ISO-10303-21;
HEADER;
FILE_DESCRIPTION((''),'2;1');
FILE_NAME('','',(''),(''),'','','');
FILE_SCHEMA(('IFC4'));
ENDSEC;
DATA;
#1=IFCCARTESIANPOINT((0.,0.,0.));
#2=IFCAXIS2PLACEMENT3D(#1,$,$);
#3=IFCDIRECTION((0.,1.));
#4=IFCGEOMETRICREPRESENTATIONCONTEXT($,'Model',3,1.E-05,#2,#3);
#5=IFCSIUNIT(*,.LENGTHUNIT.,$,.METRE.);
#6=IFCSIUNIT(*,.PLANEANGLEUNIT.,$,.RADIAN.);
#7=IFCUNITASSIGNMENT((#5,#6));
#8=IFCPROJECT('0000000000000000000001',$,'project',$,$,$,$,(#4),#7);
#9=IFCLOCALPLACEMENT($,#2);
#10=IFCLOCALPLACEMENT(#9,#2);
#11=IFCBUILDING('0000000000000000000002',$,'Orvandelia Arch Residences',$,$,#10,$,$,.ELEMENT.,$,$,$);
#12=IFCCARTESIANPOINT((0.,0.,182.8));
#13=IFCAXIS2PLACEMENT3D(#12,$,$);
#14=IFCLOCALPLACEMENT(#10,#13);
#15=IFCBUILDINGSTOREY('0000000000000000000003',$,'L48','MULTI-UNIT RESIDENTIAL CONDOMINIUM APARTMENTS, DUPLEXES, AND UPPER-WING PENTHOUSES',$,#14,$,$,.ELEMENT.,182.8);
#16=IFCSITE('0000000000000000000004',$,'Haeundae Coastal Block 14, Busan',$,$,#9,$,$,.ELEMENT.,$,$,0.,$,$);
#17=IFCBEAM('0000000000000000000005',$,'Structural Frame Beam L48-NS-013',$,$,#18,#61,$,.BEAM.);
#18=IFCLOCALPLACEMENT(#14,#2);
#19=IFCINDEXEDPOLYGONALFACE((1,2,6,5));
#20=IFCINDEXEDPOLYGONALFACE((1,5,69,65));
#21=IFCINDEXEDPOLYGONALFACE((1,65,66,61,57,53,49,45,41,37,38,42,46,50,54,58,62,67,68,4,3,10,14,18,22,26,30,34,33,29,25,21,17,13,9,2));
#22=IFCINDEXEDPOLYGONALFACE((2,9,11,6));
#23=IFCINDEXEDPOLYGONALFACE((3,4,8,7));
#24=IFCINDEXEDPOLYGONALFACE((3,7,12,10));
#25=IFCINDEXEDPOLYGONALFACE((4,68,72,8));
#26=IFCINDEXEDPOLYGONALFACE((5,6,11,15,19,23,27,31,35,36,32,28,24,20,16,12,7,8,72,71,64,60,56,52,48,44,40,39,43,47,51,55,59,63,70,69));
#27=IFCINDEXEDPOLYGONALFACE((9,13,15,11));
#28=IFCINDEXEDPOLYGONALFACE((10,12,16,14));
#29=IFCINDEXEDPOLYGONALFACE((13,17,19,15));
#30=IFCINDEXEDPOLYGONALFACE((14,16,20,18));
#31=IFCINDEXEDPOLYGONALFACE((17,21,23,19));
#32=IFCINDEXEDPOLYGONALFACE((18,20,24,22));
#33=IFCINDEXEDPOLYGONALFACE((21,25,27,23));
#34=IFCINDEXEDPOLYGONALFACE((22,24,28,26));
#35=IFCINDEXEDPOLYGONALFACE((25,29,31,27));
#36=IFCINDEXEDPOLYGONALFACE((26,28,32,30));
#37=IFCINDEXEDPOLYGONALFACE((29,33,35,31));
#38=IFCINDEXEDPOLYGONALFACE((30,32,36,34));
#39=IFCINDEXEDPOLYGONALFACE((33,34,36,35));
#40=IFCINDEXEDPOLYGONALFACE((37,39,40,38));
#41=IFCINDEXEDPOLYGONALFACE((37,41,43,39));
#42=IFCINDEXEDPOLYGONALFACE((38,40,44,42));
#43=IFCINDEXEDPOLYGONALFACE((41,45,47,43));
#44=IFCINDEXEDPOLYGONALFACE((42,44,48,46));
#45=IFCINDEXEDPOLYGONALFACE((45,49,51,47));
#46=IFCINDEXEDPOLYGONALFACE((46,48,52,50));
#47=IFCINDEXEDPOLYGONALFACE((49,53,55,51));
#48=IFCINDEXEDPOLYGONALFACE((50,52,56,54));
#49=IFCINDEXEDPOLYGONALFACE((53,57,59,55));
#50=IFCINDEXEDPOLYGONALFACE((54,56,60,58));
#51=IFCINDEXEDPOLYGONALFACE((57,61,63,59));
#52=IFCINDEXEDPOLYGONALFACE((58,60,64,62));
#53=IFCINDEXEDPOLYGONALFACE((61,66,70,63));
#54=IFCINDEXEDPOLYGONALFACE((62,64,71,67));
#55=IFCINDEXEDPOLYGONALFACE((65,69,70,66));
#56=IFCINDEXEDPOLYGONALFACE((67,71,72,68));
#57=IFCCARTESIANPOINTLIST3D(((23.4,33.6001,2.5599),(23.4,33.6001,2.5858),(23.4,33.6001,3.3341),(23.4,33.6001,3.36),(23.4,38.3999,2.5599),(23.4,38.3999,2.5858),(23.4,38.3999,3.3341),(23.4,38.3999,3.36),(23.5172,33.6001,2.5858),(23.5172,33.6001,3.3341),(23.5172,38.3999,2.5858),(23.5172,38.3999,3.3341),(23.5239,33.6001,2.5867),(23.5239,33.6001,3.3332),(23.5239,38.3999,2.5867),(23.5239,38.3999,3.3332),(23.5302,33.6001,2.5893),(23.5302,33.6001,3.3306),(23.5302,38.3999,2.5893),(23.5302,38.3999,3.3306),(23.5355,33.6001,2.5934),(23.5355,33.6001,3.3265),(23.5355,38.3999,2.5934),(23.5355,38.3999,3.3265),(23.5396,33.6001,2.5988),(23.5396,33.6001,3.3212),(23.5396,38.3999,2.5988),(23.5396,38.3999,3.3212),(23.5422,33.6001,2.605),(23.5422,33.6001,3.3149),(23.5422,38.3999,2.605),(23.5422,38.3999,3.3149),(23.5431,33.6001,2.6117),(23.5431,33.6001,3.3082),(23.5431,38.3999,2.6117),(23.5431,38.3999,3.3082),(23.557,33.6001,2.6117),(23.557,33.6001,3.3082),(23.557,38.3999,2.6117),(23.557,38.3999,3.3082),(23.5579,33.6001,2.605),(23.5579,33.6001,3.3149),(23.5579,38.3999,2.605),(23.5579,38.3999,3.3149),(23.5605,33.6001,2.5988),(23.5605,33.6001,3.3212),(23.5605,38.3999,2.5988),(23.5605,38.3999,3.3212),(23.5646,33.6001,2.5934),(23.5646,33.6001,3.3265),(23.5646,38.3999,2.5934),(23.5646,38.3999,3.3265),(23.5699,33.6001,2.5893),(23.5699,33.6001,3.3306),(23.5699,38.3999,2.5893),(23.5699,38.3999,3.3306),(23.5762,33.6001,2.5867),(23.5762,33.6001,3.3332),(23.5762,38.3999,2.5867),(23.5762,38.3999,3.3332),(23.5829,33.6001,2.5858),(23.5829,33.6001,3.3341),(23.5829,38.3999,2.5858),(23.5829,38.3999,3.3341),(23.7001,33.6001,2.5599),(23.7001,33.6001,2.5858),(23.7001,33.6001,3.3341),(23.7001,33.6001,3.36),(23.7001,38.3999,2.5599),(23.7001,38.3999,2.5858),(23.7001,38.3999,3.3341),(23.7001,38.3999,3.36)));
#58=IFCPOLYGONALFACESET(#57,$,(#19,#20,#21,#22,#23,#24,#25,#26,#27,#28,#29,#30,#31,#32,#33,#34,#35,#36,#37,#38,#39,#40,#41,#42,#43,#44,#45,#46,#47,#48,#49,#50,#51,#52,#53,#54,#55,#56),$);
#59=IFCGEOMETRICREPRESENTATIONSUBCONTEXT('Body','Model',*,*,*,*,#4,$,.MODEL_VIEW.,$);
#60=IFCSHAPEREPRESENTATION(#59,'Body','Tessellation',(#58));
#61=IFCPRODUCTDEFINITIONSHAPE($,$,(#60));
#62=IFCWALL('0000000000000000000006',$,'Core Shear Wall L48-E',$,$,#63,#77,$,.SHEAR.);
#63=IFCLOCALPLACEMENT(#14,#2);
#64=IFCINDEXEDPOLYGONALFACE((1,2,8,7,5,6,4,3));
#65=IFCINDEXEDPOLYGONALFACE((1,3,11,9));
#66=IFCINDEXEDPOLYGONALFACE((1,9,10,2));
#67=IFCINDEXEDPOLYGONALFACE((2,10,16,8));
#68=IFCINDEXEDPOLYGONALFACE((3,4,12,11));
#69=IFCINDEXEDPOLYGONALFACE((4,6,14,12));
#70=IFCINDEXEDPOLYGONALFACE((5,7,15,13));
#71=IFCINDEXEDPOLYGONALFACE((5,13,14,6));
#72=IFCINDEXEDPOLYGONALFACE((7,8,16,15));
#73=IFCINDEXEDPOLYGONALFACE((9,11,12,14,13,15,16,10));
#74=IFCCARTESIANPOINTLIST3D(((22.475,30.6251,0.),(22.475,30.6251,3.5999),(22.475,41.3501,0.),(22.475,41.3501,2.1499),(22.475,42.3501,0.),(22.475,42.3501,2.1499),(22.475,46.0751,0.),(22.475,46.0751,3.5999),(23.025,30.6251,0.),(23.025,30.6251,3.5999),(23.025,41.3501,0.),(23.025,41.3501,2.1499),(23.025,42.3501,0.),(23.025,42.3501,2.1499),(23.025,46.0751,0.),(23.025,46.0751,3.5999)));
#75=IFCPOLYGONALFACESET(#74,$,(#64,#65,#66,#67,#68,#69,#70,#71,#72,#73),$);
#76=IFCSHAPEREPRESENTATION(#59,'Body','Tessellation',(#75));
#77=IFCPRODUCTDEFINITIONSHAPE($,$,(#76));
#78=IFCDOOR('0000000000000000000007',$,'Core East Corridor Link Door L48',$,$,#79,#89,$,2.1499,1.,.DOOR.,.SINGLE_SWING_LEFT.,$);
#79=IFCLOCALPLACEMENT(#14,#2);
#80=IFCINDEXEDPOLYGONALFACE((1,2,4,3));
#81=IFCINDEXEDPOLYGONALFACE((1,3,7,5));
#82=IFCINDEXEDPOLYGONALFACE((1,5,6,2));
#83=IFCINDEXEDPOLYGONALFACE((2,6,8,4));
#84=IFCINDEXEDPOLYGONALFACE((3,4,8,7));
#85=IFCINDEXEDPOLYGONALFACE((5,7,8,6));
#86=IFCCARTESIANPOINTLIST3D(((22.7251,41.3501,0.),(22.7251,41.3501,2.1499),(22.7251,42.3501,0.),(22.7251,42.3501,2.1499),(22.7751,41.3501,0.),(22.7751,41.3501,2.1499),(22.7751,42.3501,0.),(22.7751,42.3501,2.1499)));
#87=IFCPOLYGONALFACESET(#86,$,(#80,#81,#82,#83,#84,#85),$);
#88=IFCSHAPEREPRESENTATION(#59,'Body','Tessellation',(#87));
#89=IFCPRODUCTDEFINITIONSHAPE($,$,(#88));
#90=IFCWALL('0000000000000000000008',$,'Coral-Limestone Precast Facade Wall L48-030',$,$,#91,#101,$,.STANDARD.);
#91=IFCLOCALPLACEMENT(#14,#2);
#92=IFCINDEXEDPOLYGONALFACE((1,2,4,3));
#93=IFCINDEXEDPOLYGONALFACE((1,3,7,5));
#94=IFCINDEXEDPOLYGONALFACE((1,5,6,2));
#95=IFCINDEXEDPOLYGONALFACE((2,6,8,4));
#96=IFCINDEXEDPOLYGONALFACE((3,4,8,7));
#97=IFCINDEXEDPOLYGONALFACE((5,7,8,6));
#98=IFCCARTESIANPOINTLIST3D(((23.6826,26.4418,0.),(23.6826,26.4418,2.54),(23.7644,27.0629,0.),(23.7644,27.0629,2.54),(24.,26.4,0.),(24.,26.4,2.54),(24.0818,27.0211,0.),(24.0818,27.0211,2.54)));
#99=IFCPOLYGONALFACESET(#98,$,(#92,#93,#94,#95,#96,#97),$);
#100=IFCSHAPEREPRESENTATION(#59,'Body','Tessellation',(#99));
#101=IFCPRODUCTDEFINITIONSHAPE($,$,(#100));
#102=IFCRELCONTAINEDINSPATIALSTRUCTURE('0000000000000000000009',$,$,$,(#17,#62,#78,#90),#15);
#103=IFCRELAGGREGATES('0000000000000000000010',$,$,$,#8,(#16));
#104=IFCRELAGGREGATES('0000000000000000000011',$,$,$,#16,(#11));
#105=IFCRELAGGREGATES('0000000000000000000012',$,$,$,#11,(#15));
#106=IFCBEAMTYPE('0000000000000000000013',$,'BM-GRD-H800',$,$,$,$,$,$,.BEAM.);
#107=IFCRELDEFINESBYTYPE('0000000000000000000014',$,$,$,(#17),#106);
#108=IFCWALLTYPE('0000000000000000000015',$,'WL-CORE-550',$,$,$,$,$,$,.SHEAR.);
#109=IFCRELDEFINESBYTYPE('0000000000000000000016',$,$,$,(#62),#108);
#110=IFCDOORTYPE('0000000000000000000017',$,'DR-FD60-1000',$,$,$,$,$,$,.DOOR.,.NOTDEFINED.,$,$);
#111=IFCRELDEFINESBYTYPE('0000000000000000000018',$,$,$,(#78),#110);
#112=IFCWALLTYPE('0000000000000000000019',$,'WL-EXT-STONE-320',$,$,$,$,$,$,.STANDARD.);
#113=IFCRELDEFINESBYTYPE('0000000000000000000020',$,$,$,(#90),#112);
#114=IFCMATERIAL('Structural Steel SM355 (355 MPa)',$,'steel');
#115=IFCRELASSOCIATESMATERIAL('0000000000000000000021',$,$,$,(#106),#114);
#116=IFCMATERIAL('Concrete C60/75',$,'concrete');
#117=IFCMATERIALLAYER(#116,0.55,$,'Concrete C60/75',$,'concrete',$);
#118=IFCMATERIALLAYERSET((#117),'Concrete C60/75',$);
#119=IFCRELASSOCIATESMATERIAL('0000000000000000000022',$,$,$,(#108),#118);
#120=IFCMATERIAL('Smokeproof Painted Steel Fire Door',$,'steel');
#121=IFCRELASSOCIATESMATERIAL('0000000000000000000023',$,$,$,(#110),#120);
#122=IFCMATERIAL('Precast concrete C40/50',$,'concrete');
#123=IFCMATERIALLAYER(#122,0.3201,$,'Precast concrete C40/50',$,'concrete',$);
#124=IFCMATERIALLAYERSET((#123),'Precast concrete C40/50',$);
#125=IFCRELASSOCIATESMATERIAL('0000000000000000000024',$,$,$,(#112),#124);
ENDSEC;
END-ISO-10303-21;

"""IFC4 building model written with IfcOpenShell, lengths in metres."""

from ifc_helpers import new_model, si_unit, direction, frame, frame_2d, origin, origin_2d, place, context, subcontext, project, spatial, rectangle, i_section, extrude, material, layer, layer_set, material_profile, profile_set, type_object, element, fill, save


model = new_model("IFC4")

# Units and contexts
model_context = context("Model", 3, precision=1e-05, world=origin(), true_north=direction((0.0, 1.0)))
body_context = subcontext(model_context, "Body", "Model", "MODEL_VIEW")
ifc_project = project(units=[si_unit("LENGTHUNIT", "METRE"), si_unit("PLANEANGLEUNIT", "RADIAN")], contexts=[model_context])

# Site, building, storey
site_placement = place(None, origin())
site = spatial("IfcSite", under=ifc_project, at=site_placement, Name="Haeundae Coastal Block 14, Busan", CompositionType="ELEMENT", RefElevation=0.0)
building_placement = place(site_placement, origin())
building = spatial("IfcBuilding", under=site, at=building_placement, Name="Orvandelia Arch Residences", CompositionType="ELEMENT")
storey_placement = place(building_placement, frame((0.0, 0.0, 182.8)))
storey = spatial("IfcBuildingStorey", under=building, at=storey_placement, Name="L48", Description="MULTI-UNIT RESIDENTIAL CONDOMINIUM APARTMENTS, DUPLEXES, AND UPPER-WING PENTHOUSES", CompositionType="ELEMENT", Elevation=182.8)

# Shared definitions
ifc_material_1 = material(Name="Concrete C60/75", Category="concrete")

# Beam
ifc_material_2 = material(Name="Structural Steel SM355 (355 MPa)", Category="steel")
ifc_material_profile_1 = material_profile(ifc_material_2, i_section(OverallWidth=0.3, OverallDepth=0.8, WebThickness=0.0139, FlangeThickness=0.0259, FilletRadius=0.0259, at=origin_2d()), Name="Structural Steel SM355 (355 MPa)", Category="steel")
ifc_profile_set_1 = profile_set([ifc_material_profile_1], Name="Structural Steel SM355 (355 MPa)")
beam_type = type_object("IfcBeamType", Name="BM-GRD-H800", PredefinedType="BEAM", material=ifc_profile_set_1)
beam_1_placement = place(storey_placement, frame((23.55, 33.6001, 2.96), z_axis=(0.0, 1.0, 0.0), x_axis=(-1.0, 0.0, 0.0)))
element("IfcBeam", 1, at=beam_1_placement, inside=storey, type_object=beam_type, Name="Structural Frame Beam L48-NS-013", PredefinedType="BEAM", context=body_context, shape_type="SweptSolid", body=[
    extrude(i_section(OverallWidth=0.3, OverallDepth=0.8, WebThickness=0.0139, FlangeThickness=0.0259, FilletRadius=0.0259, at=origin_2d()), origin(), (0.0, 0.0, 1.0), 4.7998),
])

# Wall, opening, door
ifc_layer_1 = layer(ifc_material_1, 0.55, Name="Concrete C60/75", Category="concrete")
ifc_layer_set_1 = layer_set([ifc_layer_1], Name="Concrete C60/75")
wall_type_1 = type_object("IfcWallType", Name="WL-CORE-550", PredefinedType="SHEAR", material=ifc_layer_set_1)
wall_1_placement = place(storey_placement, frame((22.75, 30.625, 0.0), z_axis=(0.0, 0.0, 1.0), x_axis=(0.0, 1.0, 0.0)))
wall_1 = element("IfcWall", 2, at=wall_1_placement, inside=storey, type_object=wall_type_1, Name="Core Shear Wall L48-E", PredefinedType="SHEAR", context=body_context, shape_type="SweptSolid", body=[
    extrude(rectangle(XDim=15.45, YDim=0.55, at=frame_2d((7.7251, 0.0))), origin(), (0.0, 0.0, 1.0), 3.5999),
])
opening_1_placement = place(wall_1_placement, frame((10.7251, 0.0, 0.0)))
opening_1 = element("IfcOpeningElement", 3, at=opening_1_placement, cuts=wall_1, PredefinedType="OPENING", context=body_context, shape_type="SweptSolid", body=[
    extrude(rectangle(XDim=1.0, YDim=2.1499, at=frame_2d((0.5, 1.075))), frame((0.0, 0.2852, 0.0), z_axis=(0.0, -1.0, 0.0), x_axis=(1.0, 0.0, 0.0)), (0.0, 0.0, 1.0), 0.5701),
])
ifc_material_3 = material(Name="Smokeproof Painted Steel Fire Door", Category="steel")
door_type = type_object("IfcDoorType", Name="DR-FD60-1000", OperationType="NOTDEFINED", PredefinedType="DOOR", material=ifc_material_3)
door_placement = place(opening_1_placement, origin())
door = element("IfcDoor", 4, at=door_placement, inside=storey, type_object=door_type, Name="Core East Corridor Link Door L48", OperationType="SINGLE_SWING_LEFT", OverallHeight=2.1499, OverallWidth=1.0, PredefinedType="DOOR", context=body_context, shape_type="SweptSolid", body=[
    extrude(rectangle(XDim=1.0, YDim=2.1499, at=frame_2d((0.5, 1.075))), frame((0.0, 0.0249, 0.0), z_axis=(0.0, -1.0, 0.0), x_axis=(1.0, 0.0, 0.0)), (0.0, 0.0, 1.0), 0.05),
])
fill(opening_1, door)

# Wall
ifc_material_4 = material(Name="Precast concrete C40/50", Category="concrete")
ifc_layer_2 = layer(ifc_material_4, 0.3201, Name="Precast concrete C40/50", Category="concrete")
ifc_layer_set_2 = layer_set([ifc_layer_2], Name="Precast concrete C40/50")
wall_type_2 = type_object("IfcWallType", Name="WL-EXT-STONE-320", PredefinedType="STANDARD", material=ifc_layer_set_2)
wall_2_placement = place(storey_placement, frame((23.9231, 27.042, 0.0), z_axis=(0.0, 0.0, 1.0), x_axis=(-0.130555, -0.991441, 0.0)))
element("IfcWall", 5, at=wall_2_placement, inside=storey, type_object=wall_type_2, Name="Coral-Limestone Precast Facade Wall L48-030", PredefinedType="STANDARD", context=body_context, shape_type="SweptSolid", body=[
    extrude(rectangle(XDim=0.6265, YDim=0.3201, at=frame_2d((0.3132, 0.0))), origin(), (0.0, 0.0, 1.0), 2.54),
])

save(model, "model.ifc")
